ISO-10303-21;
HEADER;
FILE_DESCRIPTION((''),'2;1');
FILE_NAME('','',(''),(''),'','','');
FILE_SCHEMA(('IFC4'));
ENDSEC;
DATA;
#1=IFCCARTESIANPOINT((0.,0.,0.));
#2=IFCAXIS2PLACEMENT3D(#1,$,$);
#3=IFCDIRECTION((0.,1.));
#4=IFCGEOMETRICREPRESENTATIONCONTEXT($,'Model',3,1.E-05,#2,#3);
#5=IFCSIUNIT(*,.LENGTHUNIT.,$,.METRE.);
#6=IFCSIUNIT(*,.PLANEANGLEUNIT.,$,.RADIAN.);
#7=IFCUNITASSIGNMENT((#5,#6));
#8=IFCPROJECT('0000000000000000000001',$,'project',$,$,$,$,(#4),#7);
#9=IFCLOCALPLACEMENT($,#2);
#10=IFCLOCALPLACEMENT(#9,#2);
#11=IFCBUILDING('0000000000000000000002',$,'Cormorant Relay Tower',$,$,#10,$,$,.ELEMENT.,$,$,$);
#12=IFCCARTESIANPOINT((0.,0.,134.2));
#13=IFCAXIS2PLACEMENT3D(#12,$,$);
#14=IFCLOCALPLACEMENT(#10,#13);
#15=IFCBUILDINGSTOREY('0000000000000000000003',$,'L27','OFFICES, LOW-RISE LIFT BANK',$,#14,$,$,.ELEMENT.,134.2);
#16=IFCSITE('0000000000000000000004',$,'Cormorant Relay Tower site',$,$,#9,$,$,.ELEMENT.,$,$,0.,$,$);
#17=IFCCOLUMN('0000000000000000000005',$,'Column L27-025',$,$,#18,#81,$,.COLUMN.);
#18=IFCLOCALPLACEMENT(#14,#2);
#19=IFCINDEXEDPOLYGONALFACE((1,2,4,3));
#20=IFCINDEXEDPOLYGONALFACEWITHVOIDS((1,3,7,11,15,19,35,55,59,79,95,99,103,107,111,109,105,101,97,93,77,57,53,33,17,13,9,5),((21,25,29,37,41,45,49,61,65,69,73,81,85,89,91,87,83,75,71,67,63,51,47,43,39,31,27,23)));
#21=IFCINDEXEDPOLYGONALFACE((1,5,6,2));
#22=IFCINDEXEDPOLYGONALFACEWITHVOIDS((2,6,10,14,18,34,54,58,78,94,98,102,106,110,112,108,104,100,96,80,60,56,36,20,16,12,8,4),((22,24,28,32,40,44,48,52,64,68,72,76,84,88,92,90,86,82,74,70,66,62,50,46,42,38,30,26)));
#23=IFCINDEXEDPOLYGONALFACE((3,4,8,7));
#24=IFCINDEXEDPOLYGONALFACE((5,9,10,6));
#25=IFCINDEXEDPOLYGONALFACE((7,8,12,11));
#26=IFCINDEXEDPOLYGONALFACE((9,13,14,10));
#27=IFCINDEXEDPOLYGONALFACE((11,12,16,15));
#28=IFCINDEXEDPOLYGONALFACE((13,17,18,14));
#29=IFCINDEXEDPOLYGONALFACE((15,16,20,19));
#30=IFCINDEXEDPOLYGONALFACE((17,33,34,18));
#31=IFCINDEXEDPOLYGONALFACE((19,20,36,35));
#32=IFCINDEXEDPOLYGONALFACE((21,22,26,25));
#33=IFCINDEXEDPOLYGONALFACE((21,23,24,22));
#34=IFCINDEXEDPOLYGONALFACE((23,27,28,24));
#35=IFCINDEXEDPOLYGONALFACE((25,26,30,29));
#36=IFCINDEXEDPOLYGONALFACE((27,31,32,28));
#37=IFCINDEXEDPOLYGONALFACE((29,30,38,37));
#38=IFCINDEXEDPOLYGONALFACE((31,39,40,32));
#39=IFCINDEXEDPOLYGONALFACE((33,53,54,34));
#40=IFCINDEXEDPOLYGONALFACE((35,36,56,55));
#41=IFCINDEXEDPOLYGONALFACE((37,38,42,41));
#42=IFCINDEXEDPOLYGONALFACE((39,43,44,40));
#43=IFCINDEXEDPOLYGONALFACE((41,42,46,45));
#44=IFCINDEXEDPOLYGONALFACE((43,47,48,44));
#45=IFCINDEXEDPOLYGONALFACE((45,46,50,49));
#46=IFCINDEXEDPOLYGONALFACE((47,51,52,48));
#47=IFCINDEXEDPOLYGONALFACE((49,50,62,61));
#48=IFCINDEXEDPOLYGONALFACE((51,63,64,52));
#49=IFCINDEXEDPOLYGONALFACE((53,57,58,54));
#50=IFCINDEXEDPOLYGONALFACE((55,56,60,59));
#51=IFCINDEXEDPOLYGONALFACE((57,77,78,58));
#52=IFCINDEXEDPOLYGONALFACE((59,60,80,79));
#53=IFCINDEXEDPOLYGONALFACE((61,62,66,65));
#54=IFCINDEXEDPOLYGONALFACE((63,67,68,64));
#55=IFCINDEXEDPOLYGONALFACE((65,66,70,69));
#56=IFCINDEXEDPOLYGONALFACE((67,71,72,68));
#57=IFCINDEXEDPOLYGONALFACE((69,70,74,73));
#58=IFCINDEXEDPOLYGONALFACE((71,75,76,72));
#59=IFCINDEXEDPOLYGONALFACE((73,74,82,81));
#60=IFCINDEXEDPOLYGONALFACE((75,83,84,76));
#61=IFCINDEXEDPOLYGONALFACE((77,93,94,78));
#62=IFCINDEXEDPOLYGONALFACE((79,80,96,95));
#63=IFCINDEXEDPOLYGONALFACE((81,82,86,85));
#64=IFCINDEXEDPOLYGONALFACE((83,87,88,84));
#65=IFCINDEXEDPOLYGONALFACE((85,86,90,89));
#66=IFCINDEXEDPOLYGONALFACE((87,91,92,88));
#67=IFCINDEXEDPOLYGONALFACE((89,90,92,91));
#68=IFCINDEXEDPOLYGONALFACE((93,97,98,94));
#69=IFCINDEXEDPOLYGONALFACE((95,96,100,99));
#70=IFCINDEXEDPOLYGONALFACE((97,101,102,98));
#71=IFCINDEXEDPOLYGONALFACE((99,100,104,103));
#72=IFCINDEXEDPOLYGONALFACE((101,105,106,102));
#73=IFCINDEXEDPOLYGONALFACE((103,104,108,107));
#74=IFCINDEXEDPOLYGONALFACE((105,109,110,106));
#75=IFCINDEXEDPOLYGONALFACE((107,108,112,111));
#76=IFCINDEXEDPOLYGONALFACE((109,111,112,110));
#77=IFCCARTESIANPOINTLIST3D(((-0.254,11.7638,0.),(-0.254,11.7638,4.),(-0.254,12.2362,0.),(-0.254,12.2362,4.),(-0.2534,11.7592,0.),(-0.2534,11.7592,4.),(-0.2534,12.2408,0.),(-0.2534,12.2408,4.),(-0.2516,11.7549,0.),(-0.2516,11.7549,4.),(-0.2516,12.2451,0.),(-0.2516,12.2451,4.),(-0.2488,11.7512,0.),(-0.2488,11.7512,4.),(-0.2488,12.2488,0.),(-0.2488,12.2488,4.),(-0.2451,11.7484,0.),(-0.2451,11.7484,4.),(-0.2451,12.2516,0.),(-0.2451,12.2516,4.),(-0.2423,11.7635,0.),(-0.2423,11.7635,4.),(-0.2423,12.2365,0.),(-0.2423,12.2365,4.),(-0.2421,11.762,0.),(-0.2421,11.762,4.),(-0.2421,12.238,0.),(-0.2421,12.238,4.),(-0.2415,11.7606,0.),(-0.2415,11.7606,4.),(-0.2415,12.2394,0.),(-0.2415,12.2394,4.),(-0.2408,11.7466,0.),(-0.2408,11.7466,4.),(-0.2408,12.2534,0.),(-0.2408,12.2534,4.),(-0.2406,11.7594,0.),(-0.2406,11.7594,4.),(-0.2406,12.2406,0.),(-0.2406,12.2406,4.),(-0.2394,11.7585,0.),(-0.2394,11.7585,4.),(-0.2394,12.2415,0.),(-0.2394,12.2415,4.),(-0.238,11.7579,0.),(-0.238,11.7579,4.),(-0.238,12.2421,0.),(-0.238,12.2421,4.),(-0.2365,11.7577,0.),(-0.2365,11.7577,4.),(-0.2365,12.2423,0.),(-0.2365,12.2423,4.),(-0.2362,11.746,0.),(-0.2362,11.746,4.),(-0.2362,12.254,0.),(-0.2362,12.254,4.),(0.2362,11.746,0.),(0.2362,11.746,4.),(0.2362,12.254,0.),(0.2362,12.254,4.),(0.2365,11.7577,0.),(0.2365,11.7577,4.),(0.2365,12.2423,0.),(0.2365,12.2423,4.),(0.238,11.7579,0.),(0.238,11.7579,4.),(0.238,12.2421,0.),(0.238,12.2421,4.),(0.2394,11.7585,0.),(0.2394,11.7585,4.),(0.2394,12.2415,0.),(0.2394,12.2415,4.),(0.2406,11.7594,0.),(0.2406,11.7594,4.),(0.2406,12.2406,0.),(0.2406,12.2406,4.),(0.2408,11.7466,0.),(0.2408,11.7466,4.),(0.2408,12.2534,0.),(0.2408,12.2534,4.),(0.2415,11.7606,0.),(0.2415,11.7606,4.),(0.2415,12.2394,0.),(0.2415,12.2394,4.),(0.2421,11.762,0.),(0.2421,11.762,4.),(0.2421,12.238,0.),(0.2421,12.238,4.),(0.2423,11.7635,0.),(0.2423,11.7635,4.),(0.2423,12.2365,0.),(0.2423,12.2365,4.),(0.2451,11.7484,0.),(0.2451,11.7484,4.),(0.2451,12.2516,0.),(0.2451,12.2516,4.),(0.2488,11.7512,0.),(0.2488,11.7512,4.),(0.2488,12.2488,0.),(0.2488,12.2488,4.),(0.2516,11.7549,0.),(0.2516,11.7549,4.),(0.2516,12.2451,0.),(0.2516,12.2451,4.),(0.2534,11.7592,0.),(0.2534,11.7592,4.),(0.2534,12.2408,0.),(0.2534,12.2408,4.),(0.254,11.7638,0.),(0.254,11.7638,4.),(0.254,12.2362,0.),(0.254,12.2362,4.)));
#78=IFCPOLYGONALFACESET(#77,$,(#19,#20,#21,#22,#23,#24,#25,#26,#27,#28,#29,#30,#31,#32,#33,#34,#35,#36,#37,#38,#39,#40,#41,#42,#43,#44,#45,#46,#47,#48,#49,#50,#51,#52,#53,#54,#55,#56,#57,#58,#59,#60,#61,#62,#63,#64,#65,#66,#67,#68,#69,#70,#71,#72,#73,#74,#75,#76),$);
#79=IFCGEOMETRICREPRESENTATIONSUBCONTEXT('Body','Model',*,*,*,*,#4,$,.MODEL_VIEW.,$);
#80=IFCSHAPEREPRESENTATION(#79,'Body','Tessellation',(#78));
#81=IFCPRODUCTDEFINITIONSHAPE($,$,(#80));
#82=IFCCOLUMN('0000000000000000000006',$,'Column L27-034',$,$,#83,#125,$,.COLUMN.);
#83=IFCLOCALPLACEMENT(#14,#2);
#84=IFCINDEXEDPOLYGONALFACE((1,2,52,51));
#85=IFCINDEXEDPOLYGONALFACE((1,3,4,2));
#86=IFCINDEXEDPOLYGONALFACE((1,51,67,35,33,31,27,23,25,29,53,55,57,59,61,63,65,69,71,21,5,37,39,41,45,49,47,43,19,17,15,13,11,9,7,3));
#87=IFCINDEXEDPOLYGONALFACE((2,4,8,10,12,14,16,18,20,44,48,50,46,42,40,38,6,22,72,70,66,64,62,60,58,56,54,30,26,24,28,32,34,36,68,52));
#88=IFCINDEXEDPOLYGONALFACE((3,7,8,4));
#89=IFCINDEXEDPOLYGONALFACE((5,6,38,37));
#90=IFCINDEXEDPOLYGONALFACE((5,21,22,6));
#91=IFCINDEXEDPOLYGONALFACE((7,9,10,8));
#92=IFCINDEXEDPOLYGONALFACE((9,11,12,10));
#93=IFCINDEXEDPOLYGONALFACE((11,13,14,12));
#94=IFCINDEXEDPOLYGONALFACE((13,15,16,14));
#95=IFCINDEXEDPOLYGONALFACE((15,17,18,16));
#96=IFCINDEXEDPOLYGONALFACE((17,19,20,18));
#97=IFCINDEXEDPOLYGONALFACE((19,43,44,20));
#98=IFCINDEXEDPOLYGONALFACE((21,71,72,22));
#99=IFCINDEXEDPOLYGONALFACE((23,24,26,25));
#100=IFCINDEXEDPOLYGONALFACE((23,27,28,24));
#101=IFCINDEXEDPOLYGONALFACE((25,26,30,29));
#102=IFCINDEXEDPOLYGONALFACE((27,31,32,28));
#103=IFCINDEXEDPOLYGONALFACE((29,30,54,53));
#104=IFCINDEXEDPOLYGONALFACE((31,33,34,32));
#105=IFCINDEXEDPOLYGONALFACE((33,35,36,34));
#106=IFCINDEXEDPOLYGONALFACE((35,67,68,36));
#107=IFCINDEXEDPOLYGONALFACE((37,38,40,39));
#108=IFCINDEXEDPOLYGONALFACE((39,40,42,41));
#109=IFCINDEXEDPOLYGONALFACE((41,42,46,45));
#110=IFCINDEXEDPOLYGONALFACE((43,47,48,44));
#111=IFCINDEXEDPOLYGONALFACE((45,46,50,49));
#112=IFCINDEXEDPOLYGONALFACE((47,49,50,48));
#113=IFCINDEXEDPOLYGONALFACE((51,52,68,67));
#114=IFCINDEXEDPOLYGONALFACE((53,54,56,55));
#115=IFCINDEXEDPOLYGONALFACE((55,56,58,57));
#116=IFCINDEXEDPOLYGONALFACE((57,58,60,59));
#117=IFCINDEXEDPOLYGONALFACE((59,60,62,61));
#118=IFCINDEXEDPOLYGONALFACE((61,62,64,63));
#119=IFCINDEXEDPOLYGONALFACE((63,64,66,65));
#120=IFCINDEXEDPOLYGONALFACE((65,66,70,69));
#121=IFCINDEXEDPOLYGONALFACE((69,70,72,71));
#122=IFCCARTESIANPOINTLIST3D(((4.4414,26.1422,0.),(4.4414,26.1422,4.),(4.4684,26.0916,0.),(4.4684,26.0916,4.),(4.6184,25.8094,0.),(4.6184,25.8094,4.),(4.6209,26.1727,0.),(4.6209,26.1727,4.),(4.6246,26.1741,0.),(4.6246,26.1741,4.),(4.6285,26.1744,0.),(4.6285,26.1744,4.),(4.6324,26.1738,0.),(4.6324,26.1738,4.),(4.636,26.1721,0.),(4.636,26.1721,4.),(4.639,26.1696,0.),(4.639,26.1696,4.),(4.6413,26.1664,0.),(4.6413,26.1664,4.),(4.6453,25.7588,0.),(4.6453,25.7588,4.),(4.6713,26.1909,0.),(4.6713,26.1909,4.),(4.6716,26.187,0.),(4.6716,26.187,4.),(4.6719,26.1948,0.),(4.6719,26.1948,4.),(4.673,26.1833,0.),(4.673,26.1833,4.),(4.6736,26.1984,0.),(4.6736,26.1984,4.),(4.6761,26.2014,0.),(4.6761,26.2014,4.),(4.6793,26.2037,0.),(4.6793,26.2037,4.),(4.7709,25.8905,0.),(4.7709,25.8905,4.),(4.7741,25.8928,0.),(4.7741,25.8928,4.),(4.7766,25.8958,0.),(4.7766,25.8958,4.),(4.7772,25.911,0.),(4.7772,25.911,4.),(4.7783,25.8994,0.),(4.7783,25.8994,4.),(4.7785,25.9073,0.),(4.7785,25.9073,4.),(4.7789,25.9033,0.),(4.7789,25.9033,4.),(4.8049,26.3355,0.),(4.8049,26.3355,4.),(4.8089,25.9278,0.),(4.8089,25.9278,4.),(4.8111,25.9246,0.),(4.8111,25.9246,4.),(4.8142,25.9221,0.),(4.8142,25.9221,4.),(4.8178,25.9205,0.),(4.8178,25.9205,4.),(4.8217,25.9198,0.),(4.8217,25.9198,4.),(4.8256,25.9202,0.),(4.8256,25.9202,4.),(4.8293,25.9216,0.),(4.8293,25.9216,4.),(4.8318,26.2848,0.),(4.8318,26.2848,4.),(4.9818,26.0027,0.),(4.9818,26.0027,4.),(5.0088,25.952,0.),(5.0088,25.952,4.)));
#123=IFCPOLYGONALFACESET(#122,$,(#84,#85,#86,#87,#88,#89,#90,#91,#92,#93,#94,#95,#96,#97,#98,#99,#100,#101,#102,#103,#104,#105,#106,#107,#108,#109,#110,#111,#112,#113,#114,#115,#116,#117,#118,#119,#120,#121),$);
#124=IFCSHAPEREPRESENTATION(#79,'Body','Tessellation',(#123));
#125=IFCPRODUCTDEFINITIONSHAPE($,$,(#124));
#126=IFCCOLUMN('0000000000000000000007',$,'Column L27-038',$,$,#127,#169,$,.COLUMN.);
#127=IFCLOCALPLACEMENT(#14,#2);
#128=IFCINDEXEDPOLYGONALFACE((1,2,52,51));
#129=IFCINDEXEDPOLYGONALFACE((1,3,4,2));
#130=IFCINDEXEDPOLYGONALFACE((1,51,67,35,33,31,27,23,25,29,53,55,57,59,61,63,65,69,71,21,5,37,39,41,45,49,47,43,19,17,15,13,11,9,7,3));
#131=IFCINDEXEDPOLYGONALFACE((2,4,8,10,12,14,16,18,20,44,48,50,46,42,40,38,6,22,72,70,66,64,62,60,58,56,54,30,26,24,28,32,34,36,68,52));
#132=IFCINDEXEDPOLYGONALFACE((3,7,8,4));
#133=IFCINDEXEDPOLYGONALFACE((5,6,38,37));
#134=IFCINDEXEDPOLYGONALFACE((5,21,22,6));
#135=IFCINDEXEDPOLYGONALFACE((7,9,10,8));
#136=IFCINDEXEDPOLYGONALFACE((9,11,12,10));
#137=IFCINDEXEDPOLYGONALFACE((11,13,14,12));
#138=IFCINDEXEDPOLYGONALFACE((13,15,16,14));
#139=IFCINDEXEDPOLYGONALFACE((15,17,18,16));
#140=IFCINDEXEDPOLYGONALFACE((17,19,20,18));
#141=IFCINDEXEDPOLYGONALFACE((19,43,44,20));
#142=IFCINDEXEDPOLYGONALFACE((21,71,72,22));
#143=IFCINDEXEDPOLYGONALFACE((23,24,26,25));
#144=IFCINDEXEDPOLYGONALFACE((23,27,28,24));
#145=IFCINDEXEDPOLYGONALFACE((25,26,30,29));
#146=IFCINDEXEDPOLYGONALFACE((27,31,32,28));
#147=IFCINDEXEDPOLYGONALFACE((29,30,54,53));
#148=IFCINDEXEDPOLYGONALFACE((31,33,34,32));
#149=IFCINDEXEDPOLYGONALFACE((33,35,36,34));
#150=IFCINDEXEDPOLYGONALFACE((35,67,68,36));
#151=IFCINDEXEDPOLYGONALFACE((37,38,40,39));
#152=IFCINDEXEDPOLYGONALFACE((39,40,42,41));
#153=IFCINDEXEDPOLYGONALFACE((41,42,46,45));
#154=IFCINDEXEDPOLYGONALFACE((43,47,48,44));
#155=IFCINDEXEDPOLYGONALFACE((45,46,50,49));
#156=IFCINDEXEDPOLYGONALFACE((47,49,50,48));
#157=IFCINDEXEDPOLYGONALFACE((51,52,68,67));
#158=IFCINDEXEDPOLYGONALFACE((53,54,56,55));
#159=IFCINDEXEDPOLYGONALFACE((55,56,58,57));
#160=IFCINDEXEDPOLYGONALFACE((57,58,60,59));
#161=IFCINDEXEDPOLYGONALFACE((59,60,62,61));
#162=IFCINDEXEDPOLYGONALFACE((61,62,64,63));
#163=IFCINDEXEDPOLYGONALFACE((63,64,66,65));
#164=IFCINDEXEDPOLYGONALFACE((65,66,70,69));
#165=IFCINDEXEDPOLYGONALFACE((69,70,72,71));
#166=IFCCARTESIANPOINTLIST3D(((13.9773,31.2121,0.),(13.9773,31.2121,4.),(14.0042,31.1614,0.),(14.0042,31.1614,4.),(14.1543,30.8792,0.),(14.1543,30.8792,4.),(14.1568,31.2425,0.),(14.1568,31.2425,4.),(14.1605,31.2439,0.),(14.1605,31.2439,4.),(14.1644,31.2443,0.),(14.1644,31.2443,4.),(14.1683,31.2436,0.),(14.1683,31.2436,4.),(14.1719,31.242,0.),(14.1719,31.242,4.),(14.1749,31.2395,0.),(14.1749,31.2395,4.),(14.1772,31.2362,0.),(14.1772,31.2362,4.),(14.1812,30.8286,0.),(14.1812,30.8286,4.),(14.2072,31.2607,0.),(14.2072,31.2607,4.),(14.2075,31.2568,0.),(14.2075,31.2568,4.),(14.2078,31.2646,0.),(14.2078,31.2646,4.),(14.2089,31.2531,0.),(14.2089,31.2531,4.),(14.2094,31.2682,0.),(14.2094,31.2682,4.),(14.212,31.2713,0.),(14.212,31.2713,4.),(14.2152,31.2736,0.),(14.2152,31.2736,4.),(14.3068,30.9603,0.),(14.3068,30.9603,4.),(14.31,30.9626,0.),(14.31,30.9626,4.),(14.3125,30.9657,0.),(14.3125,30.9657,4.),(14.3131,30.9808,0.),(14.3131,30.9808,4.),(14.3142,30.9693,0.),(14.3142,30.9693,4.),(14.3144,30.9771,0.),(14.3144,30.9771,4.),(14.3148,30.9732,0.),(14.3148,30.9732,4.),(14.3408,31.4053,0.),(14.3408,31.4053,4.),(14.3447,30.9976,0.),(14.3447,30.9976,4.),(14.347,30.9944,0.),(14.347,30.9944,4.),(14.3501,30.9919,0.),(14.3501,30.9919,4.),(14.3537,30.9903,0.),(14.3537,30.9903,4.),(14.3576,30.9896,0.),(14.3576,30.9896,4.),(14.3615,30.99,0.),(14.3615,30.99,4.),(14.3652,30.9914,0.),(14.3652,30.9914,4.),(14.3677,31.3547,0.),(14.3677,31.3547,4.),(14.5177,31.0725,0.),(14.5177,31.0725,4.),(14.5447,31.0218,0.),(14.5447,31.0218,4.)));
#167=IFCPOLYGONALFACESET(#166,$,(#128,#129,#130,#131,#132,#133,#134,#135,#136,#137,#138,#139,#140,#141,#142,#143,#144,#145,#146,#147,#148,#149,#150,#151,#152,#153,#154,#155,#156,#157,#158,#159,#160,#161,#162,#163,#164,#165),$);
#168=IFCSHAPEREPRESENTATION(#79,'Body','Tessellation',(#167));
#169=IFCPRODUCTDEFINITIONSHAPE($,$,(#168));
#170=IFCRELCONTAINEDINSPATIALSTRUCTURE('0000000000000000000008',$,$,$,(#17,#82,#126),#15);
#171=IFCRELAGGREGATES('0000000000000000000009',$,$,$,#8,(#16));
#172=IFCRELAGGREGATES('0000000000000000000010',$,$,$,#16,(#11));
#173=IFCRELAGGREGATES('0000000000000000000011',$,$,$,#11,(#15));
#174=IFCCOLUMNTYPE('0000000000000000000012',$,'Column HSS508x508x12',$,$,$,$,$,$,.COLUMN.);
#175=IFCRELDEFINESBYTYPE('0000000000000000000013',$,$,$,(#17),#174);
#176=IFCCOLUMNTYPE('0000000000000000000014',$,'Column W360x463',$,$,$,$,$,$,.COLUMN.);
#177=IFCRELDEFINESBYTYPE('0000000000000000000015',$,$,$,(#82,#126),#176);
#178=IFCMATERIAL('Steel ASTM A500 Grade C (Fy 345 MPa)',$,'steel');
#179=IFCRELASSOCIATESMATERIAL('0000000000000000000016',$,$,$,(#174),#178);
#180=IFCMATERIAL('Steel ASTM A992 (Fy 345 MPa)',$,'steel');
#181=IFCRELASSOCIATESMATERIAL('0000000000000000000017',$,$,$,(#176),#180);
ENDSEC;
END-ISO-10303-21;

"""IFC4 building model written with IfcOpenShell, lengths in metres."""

from ifc_helpers import new_model, si_unit, direction, frame, origin, origin_2d, place, context, subcontext, project, spatial, hollow_rectangle, i_section, extrude, material, material_profile, profile_set, type_object, element, save


model = new_model("IFC4")

# Units and contexts
model_context = context("Model", 3, precision=1e-05, world=origin(), true_north=direction((0.0, 1.0)))
body_context = subcontext(model_context, "Body", "Model", "MODEL_VIEW")
ifc_project = project(units=[si_unit("LENGTHUNIT", "METRE"), si_unit("PLANEANGLEUNIT", "RADIAN")], contexts=[model_context])

# Site, building, storey
site_placement = place(None, origin())
site = spatial("IfcSite", under=ifc_project, at=site_placement, Name="Cormorant Relay Tower site", CompositionType="ELEMENT", RefElevation=0.0)
building_placement = place(site_placement, origin())
building = spatial("IfcBuilding", under=site, at=building_placement, Name="Cormorant Relay Tower", CompositionType="ELEMENT")
storey_placement = place(building_placement, frame((0.0, 0.0, 134.2)))
storey = spatial("IfcBuildingStorey", under=building, at=storey_placement, Name="L27", Description="OFFICES, LOW-RISE LIFT BANK", CompositionType="ELEMENT", Elevation=134.2)

# Columns
ifc_material_1 = material(Name="Steel ASTM A500 Grade C (Fy 345 MPa)", Category="steel")
ifc_material_profile_1 = material_profile(ifc_material_1, hollow_rectangle(XDim=0.5081, YDim=0.5081, WallThickness=0.0117, InnerFilletRadius=0.0059, OuterFilletRadius=0.0178, at=origin_2d()), Name="HSS508x508x12")
ifc_profile_set_1 = profile_set([ifc_material_profile_1], Name="Steel ASTM A500 Grade C (Fy 345 MPa)")
column_type_1 = type_object("IfcColumnType", Name="Column HSS508x508x12", PredefinedType="COLUMN", material=ifc_profile_set_1)
column_1_placement = place(storey_placement, frame((0.0, 12.0, 0.0), z_axis=(0.0, 0.0, 1.0), x_axis=(1.0, 0.0, 0.0)))
element("IfcColumn", 1, at=column_1_placement, inside=storey, type_object=column_type_1, Name="Column L27-025", PredefinedType="COLUMN", context=body_context, shape_type="SweptSolid", body=[
    extrude(hollow_rectangle(XDim=0.5081, YDim=0.5081, WallThickness=0.0117, InnerFilletRadius=0.0059, OuterFilletRadius=0.0178, at=origin_2d()), origin(), (0.0, 0.0, 1.0), 4.0),
])
ifc_material_2 = material(Name="Steel ASTM A992 (Fy 345 MPa)", Category="steel")
ifc_material_profile_2 = material_profile(ifc_material_2, i_section(OverallWidth=0.4116, OverallDepth=0.4343, WebThickness=0.0359, FlangeThickness=0.0574, FilletRadius=0.0151, at=origin_2d()), Name="W360x463")
ifc_profile_set_2 = profile_set([ifc_material_profile_2], Name="Steel ASTM A992 (Fy 345 MPa)")
column_type_2 = type_object("IfcColumnType", Name="Column W360x463", PredefinedType="COLUMN", material=ifc_profile_set_2)
for number, where, z_axis, x_axis, name in (
    (2, (4.7251, 26.0471, 0.0), (0.0, 0.0, 1.0), (-0.882948, -0.469472, 0.0), "Column L27-034"),
    (3, (14.261, 31.1169, 0.0), (0.0, 0.0, 1.0), (-0.882948, -0.469472, 0.0), "Column L27-038"),
):
    element("IfcColumn", number, at=place(storey_placement, frame(where, z_axis=z_axis, x_axis=x_axis)), inside=storey, type_object=column_type_2, Name=name, PredefinedType="COLUMN", context=body_context, shape_type="SweptSolid", body=[
        extrude(i_section(OverallWidth=0.4116, OverallDepth=0.4343, WebThickness=0.0359, FlangeThickness=0.0574, FilletRadius=0.0151, at=origin_2d()), origin(), (0.0, 0.0, 1.0), 4.0),
    ])

save(model, "model.ifc")
